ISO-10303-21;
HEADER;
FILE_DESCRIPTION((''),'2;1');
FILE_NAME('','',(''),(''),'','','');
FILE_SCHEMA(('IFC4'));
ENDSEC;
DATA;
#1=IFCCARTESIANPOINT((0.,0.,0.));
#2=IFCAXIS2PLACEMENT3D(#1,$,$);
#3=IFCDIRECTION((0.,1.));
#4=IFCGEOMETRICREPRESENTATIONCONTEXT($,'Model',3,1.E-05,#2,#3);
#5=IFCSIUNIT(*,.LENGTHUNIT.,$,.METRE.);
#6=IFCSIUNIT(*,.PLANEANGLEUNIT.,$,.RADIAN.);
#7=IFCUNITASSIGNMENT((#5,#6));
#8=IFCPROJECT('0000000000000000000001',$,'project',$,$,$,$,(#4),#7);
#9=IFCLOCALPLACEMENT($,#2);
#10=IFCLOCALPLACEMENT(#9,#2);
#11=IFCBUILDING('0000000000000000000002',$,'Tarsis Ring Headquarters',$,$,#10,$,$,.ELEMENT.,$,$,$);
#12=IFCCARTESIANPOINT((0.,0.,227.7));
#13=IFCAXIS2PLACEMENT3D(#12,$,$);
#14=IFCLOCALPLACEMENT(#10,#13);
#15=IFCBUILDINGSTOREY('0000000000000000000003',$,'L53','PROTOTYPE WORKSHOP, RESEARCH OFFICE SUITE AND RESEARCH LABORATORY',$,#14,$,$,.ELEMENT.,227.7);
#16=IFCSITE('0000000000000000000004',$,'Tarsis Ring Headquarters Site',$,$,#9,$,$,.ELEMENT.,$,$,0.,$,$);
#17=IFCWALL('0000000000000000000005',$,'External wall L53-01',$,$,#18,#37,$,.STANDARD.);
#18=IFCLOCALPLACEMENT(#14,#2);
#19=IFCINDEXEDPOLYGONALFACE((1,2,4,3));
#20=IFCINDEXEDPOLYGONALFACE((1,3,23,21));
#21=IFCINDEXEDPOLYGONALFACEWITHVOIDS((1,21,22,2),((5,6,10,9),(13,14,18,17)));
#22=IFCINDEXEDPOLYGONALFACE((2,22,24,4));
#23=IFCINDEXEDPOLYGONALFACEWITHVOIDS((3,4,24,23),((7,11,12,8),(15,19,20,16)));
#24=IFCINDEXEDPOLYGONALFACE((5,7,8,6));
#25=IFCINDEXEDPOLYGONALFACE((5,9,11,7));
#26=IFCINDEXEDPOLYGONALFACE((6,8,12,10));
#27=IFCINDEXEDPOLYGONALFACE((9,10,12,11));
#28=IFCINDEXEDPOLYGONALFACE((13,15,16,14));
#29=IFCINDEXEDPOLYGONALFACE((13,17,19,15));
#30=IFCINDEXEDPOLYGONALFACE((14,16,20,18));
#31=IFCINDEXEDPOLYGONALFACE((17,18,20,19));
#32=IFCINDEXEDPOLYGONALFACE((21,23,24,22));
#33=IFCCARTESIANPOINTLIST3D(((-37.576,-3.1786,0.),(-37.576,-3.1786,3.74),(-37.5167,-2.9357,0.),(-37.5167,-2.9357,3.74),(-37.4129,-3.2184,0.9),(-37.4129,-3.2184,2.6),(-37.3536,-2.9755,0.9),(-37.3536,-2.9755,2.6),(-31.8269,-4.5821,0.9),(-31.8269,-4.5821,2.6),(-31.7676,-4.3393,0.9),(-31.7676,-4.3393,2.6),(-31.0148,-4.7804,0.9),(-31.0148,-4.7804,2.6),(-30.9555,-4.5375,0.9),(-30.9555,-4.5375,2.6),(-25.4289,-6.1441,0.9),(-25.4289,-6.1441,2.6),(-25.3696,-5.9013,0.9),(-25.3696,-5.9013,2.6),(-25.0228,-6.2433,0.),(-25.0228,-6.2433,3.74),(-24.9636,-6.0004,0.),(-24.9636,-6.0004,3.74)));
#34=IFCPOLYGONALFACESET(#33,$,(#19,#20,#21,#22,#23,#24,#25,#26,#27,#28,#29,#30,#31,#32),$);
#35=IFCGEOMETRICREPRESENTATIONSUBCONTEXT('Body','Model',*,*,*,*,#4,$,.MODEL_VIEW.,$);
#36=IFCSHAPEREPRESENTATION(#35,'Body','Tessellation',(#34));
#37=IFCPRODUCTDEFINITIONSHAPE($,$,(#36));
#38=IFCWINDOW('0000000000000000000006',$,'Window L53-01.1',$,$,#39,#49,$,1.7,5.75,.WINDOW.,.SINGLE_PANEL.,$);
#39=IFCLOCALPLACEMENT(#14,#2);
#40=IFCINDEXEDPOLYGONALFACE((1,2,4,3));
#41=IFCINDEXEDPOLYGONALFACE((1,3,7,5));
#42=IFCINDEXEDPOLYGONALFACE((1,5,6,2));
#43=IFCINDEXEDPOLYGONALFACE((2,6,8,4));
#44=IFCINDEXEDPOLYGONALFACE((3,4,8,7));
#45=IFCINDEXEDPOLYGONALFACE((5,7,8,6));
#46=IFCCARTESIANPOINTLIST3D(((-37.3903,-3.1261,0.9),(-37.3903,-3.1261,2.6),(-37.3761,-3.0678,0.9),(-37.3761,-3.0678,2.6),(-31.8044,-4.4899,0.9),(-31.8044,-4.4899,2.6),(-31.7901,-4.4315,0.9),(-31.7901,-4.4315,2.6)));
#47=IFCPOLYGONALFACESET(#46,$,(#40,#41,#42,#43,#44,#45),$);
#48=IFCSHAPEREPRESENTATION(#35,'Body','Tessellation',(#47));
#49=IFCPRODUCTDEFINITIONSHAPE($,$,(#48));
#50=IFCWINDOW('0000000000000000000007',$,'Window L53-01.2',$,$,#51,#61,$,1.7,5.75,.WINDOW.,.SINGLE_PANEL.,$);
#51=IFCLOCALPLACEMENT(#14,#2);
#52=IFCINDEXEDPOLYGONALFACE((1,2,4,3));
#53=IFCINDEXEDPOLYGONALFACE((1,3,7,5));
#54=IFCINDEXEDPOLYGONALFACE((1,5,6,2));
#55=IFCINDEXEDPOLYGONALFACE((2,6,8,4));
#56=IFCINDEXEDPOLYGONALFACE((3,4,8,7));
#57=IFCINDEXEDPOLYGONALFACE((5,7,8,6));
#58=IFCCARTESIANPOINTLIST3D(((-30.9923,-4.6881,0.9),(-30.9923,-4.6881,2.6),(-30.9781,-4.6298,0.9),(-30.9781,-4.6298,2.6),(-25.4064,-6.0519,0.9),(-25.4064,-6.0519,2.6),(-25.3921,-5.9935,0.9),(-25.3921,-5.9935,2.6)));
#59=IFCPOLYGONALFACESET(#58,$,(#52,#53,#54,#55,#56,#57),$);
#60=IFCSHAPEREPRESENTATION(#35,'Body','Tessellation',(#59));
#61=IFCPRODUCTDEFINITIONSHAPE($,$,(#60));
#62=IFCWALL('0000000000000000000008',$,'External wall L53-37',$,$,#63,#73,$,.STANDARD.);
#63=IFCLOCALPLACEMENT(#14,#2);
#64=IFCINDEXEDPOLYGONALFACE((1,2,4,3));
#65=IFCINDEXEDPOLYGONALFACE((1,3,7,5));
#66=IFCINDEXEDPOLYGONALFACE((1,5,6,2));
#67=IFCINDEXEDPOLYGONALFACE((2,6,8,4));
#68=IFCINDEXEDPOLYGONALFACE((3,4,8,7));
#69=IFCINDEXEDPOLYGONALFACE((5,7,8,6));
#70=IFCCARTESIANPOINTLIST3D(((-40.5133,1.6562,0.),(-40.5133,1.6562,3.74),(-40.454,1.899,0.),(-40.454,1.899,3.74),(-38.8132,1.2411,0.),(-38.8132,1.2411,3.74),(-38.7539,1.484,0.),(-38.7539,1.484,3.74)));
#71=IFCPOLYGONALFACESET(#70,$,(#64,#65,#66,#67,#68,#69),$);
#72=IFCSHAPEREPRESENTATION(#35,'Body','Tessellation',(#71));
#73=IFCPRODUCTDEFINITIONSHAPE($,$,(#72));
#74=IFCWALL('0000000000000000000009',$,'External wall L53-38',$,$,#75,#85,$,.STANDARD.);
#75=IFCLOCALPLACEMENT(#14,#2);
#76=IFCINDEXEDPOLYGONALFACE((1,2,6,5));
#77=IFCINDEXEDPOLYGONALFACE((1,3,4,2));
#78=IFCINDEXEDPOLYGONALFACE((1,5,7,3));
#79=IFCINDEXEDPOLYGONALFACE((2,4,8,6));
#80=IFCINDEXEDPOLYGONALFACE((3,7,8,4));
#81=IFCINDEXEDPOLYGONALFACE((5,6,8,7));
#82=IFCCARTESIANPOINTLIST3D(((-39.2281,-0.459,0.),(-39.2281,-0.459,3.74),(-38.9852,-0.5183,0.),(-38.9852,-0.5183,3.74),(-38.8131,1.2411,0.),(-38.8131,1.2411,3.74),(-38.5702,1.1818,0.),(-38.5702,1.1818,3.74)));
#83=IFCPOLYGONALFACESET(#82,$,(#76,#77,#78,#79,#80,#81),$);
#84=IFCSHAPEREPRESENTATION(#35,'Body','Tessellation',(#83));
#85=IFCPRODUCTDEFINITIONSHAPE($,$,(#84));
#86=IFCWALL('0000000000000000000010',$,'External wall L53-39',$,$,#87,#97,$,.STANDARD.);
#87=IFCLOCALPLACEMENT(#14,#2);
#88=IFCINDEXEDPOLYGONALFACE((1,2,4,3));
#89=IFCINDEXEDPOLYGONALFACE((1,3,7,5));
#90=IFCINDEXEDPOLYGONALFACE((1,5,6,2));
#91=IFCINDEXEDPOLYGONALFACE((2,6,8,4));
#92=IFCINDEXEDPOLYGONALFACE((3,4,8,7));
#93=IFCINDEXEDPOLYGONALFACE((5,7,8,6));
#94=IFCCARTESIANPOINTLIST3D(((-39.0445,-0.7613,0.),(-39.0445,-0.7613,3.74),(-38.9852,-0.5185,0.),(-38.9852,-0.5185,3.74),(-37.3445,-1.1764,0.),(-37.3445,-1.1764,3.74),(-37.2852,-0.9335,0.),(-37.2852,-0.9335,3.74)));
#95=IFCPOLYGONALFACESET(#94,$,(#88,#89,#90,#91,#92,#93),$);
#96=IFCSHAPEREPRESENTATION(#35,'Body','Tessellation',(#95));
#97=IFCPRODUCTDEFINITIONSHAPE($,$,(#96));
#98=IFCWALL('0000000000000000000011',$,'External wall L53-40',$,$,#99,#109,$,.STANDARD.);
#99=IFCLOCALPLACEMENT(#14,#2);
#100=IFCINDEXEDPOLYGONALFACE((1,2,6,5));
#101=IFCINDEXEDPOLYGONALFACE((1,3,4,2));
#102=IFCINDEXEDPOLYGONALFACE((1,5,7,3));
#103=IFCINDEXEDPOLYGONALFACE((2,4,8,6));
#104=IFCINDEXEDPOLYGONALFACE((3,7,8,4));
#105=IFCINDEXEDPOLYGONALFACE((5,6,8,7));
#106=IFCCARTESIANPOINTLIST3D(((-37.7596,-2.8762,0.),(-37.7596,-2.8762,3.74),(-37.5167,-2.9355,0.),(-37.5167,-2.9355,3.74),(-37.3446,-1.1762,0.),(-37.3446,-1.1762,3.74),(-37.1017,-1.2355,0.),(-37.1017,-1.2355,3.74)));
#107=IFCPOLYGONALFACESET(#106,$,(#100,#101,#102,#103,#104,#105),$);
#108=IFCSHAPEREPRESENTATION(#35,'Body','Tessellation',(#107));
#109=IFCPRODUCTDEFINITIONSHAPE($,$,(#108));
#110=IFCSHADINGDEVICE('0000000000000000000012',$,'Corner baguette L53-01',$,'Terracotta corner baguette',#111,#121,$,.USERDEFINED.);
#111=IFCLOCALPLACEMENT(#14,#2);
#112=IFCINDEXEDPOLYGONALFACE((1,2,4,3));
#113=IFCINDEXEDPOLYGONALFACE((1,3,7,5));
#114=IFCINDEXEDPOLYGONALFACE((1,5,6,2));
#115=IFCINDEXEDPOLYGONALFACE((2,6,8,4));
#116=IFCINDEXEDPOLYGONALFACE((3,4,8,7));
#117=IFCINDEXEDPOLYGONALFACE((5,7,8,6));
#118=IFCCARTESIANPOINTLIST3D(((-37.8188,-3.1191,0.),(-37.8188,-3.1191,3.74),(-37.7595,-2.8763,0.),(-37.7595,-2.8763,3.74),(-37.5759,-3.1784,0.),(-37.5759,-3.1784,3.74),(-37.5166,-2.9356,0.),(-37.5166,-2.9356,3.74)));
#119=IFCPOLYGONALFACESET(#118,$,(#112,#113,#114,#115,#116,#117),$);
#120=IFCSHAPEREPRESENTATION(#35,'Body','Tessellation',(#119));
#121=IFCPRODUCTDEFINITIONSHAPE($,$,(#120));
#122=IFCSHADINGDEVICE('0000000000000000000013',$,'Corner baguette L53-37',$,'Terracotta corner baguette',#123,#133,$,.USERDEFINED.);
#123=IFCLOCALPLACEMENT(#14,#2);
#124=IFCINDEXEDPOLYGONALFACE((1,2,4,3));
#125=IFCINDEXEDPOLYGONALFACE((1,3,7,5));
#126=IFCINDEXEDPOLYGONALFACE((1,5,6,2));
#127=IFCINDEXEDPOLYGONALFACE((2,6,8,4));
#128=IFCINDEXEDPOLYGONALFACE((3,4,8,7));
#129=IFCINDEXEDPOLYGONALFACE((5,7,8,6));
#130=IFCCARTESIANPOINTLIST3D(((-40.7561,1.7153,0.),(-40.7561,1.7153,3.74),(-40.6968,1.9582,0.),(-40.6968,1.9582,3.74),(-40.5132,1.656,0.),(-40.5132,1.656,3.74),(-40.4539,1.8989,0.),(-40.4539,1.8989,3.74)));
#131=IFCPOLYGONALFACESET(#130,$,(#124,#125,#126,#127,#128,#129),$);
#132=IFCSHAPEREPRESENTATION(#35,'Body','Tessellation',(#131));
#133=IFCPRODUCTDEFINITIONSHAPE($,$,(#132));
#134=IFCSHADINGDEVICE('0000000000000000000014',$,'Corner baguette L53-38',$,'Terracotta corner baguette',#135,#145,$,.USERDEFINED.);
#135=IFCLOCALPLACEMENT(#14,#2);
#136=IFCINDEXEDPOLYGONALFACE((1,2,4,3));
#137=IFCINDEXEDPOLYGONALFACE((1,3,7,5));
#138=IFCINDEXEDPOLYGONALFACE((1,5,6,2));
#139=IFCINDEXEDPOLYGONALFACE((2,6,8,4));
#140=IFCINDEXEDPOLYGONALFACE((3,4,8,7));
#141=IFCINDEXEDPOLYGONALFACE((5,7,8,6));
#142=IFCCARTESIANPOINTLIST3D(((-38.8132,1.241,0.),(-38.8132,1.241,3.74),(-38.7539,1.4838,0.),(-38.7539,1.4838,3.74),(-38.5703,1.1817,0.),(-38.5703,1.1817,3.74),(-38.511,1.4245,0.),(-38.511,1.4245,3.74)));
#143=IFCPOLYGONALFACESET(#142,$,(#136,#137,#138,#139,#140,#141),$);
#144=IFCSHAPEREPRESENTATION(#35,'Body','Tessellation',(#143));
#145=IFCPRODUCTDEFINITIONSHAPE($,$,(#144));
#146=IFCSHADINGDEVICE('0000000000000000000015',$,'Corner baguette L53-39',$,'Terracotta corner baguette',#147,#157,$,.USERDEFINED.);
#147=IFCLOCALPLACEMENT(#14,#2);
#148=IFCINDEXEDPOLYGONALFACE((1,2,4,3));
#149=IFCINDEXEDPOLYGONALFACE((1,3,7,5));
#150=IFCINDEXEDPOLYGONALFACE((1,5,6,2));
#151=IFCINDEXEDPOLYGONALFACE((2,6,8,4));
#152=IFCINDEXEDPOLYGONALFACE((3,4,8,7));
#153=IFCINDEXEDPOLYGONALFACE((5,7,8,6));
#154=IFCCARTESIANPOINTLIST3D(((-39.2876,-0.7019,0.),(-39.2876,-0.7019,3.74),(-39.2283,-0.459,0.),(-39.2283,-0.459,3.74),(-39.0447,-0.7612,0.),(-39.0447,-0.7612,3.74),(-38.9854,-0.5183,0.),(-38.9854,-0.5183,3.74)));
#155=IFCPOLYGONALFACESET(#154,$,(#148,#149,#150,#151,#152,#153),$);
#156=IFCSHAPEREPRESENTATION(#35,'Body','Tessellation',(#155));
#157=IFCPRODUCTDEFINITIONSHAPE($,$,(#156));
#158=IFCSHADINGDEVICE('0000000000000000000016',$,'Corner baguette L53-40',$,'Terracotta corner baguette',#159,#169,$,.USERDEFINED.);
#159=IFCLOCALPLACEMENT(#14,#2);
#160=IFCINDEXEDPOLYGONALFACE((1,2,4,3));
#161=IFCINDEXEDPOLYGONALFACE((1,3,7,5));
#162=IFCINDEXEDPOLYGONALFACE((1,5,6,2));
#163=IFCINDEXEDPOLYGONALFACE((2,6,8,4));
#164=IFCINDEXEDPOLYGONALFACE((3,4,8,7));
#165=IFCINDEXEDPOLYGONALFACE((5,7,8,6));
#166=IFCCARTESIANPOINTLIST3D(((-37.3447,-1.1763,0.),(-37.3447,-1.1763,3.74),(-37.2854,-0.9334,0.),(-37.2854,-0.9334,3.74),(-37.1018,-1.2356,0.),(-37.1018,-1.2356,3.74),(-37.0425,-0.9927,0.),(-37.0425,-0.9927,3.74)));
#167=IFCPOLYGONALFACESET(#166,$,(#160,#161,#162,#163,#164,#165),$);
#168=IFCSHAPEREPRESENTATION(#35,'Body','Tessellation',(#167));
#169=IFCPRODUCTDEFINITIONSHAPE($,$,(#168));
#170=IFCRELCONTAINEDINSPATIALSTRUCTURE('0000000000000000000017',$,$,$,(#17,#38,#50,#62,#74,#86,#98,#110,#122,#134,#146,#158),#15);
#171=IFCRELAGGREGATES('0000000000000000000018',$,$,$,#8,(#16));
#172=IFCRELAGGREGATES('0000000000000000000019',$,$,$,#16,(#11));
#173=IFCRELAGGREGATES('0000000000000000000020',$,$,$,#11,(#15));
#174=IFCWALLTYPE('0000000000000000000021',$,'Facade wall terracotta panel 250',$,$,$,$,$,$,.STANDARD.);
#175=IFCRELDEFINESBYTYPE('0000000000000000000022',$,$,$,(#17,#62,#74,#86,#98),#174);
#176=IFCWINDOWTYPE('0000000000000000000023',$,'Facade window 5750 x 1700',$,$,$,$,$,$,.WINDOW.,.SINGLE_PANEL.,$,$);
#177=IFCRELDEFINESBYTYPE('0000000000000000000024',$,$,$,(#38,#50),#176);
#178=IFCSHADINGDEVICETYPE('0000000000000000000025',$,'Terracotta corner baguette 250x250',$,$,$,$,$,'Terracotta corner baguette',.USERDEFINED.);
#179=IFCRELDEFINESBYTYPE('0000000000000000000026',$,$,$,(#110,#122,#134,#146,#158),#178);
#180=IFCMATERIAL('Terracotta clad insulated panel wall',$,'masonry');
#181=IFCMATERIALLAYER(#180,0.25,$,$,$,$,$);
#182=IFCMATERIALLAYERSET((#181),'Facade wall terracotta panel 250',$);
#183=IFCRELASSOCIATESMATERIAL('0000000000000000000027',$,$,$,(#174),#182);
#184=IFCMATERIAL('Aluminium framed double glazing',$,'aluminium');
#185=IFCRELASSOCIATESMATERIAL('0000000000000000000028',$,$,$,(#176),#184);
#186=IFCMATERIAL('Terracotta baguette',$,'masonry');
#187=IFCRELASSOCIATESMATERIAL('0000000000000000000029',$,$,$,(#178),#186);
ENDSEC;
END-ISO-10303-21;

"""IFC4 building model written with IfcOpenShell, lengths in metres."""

from ifc_helpers import new_model, si_unit, direction, frame, frame_2d, origin, origin_2d, place, context, subcontext, project, spatial, rectangle, extrude, material, layer, layer_set, type_object, element, fill, save


model = new_model("IFC4")

# Units and contexts
model_context = context("Model", 3, precision=1e-05, world=origin(), true_north=direction((0.0, 1.0)))
body_context = subcontext(model_context, "Body", "Model", "MODEL_VIEW")
ifc_project = project(units=[si_unit("LENGTHUNIT", "METRE"), si_unit("PLANEANGLEUNIT", "RADIAN")], contexts=[model_context])

# Site, building, storey
site_placement = place(None, origin())
site = spatial("IfcSite", under=ifc_project, at=site_placement, Name="Tarsis Ring Headquarters Site", CompositionType="ELEMENT", RefElevation=0.0)
building_placement = place(site_placement, origin())
building = spatial("IfcBuilding", under=site, at=building_placement, Name="Tarsis Ring Headquarters", CompositionType="ELEMENT")
storey_placement = place(building_placement, frame((0.0, 0.0, 227.7)))
storey = spatial("IfcBuildingStorey", under=building, at=storey_placement, Name="L53", Description="PROTOTYPE WORKSHOP, RESEARCH OFFICE SUITE AND RESEARCH LABORATORY", CompositionType="ELEMENT", Elevation=227.7)

# Wall, openings, windows
ifc_material_1 = material(Name="Terracotta clad insulated panel wall", Category="masonry")
ifc_layer_1 = layer(ifc_material_1, 0.25)
ifc_layer_set_1 = layer_set([ifc_layer_1], Name="Facade wall terracotta panel 250")
wall_type_1 = type_object("IfcWallType", Name="Facade wall terracotta panel 250", PredefinedType="STANDARD", material=ifc_layer_set_1)
wall_1_placement = place(storey_placement, frame((-37.5464, -3.0571, 0.0), z_axis=(0.0, 0.0, 1.0), x_axis=(0.971468, -0.237171, 0.0)))
wall_1 = element("IfcWall", 1, at=wall_1_placement, inside=storey, type_object=wall_type_1, Name="External wall L53-01", PredefinedType="STANDARD", context=body_context, shape_type="SweptSolid", body=[
    extrude(rectangle(XDim=12.9219, YDim=0.25, at=frame_2d((6.4609, 0.0))), origin(), (0.0, 0.0, 1.0), 3.74),
])
opening_1_placement = place(wall_1_placement, frame((0.168, 0.0, 0.8999)))
opening_1 = element("IfcOpeningElement", 2, at=opening_1_placement, cuts=wall_1, PredefinedType="OPENING", context=body_context, shape_type="SweptSolid", body=[
    extrude(rectangle(XDim=5.75, YDim=1.7, at=frame_2d((2.875, 0.8501))), frame((0.0, 0.135, 0.0), z_axis=(0.0, -1.0, 0.0), x_axis=(1.0, 0.0, 0.0)), (0.0, 0.0, 1.0), 0.27),
])
opening_2_placement = place(wall_1_placement, frame((6.7539, 0.0, 0.8999)))
opening_2 = element("IfcOpeningElement", 3, at=opening_2_placement, cuts=wall_1, PredefinedType="OPENING", context=body_context, shape_type="SweptSolid", body=[
    extrude(rectangle(XDim=5.75, YDim=1.7, at=frame_2d((2.875, 0.8501))), frame((0.0, 0.135, 0.0), z_axis=(0.0, -1.0, 0.0), x_axis=(1.0, 0.0, 0.0)), (0.0, 0.0, 1.0), 0.27),
])
ifc_material_2 = material(Name="Aluminium framed double glazing", Category="aluminium")
window_type = type_object("IfcWindowType", Name="Facade window 5750 x 1700", PartitioningType="SINGLE_PANEL", PredefinedType="WINDOW", material=ifc_material_2)
window_1_placement = place(opening_1_placement, origin())
window_1 = element("IfcWindow", 4, at=window_1_placement, inside=storey, type_object=window_type, Name="Window L53-01.1", OverallHeight=1.7, OverallWidth=5.75, PartitioningType="SINGLE_PANEL", PredefinedType="WINDOW", context=body_context, shape_type="SweptSolid", body=[
    extrude(rectangle(XDim=5.75, YDim=1.7, at=frame_2d((2.875, 0.8501))), frame((0.0, 0.03, 0.0), z_axis=(0.0, -1.0, 0.0), x_axis=(1.0, 0.0, 0.0)), (0.0, 0.0, 1.0), 0.0601),
])
fill(opening_1, window_1)
window_2_placement = place(opening_2_placement, origin())
window_2 = element("IfcWindow", 5, at=window_2_placement, inside=storey, type_object=window_type, Name="Window L53-01.2", OverallHeight=1.7, OverallWidth=5.75, PartitioningType="SINGLE_PANEL", PredefinedType="WINDOW", context=body_context, shape_type="SweptSolid", body=[
    extrude(rectangle(XDim=5.75, YDim=1.7, at=frame_2d((2.875, 0.8501))), frame((0.0, 0.03, 0.0), z_axis=(0.0, -1.0, 0.0), x_axis=(1.0, 0.0, 0.0)), (0.0, 0.0, 1.0), 0.0601),
])
fill(opening_2, window_2)

# Walls
for number, where, z_axis, x_axis, name in (
    (6, (-40.4836, 1.7776, 0.0), (0.0, 0.0, 1.0), (0.971473, -0.237149, 0.0), "External wall L53-37"),
    (7, (-38.6917, 1.2114, 0.0), (0.0, 0.0, 1.0), (-0.237149, -0.971473, 0.0), "External wall L53-38"),
    (8, (-39.0149, -0.6399, 0.0), (0.0, 0.0, 1.0), (0.971465, -0.237181, 0.0), "External wall L53-39"),
    (9, (-37.2231, -1.2058, 0.0), (0.0, 0.0, 1.0), (-0.237149, -0.971473, 0.0), "External wall L53-40"),
):
    element("IfcWall", number, at=place(storey_placement, frame(where, z_axis=z_axis, x_axis=x_axis)), inside=storey, type_object=wall_type_1, Name=name, PredefinedType="STANDARD", context=body_context, shape_type="SweptSolid", body=[
        extrude(rectangle(XDim=1.75, YDim=0.25, at=frame_2d((0.875, 0.0))), origin(), (0.0, 0.0, 1.0), 3.74),
    ])

# Shading devices
ifc_material_3 = material(Name="Terracotta baguette", Category="masonry")
shading_device_type_1 = type_object("IfcShadingDeviceType", Name="Terracotta corner baguette 250x250", ElementType="Terracotta corner baguette", PredefinedType="USERDEFINED", material=ifc_material_3)
for number, where, z_axis, x_axis, name in (
    (10, (-37.6677, -3.0273, 0.0), (0.0, 0.0, 1.0), (-0.237177, -0.971466, 0.0), "Corner baguette L53-01"),
    (11, (-40.605, 1.8071, 0.0), (0.0, 0.0, 1.0), (-0.237177, -0.971466, 0.0), "Corner baguette L53-37"),
    (12, (-38.6621, 1.3328, 0.0), (0.0, 0.0, 1.0), (0.971466, -0.237177, 0.0), "Corner baguette L53-38"),
    (13, (-39.1365, -0.6101, 0.0), (0.0, 0.0, 1.0), (-0.237177, -0.971466, 0.0), "Corner baguette L53-39"),
    (14, (-37.1936, -1.0845, 0.0), (0.0, 0.0, 1.0), (0.971466, -0.237177, 0.0), "Corner baguette L53-40"),
):
    element("IfcShadingDevice", number, at=place(storey_placement, frame(where, z_axis=z_axis, x_axis=x_axis)), inside=storey, type_object=shading_device_type_1, Name=name, ObjectType="Terracotta corner baguette", PredefinedType="USERDEFINED", context=body_context, shape_type="SweptSolid", body=[
        extrude(rectangle(XDim=0.25, YDim=0.25, at=origin_2d()), origin(), (0.0, 0.0, 1.0), 3.74),
    ])

save(model, "model.ifc")
